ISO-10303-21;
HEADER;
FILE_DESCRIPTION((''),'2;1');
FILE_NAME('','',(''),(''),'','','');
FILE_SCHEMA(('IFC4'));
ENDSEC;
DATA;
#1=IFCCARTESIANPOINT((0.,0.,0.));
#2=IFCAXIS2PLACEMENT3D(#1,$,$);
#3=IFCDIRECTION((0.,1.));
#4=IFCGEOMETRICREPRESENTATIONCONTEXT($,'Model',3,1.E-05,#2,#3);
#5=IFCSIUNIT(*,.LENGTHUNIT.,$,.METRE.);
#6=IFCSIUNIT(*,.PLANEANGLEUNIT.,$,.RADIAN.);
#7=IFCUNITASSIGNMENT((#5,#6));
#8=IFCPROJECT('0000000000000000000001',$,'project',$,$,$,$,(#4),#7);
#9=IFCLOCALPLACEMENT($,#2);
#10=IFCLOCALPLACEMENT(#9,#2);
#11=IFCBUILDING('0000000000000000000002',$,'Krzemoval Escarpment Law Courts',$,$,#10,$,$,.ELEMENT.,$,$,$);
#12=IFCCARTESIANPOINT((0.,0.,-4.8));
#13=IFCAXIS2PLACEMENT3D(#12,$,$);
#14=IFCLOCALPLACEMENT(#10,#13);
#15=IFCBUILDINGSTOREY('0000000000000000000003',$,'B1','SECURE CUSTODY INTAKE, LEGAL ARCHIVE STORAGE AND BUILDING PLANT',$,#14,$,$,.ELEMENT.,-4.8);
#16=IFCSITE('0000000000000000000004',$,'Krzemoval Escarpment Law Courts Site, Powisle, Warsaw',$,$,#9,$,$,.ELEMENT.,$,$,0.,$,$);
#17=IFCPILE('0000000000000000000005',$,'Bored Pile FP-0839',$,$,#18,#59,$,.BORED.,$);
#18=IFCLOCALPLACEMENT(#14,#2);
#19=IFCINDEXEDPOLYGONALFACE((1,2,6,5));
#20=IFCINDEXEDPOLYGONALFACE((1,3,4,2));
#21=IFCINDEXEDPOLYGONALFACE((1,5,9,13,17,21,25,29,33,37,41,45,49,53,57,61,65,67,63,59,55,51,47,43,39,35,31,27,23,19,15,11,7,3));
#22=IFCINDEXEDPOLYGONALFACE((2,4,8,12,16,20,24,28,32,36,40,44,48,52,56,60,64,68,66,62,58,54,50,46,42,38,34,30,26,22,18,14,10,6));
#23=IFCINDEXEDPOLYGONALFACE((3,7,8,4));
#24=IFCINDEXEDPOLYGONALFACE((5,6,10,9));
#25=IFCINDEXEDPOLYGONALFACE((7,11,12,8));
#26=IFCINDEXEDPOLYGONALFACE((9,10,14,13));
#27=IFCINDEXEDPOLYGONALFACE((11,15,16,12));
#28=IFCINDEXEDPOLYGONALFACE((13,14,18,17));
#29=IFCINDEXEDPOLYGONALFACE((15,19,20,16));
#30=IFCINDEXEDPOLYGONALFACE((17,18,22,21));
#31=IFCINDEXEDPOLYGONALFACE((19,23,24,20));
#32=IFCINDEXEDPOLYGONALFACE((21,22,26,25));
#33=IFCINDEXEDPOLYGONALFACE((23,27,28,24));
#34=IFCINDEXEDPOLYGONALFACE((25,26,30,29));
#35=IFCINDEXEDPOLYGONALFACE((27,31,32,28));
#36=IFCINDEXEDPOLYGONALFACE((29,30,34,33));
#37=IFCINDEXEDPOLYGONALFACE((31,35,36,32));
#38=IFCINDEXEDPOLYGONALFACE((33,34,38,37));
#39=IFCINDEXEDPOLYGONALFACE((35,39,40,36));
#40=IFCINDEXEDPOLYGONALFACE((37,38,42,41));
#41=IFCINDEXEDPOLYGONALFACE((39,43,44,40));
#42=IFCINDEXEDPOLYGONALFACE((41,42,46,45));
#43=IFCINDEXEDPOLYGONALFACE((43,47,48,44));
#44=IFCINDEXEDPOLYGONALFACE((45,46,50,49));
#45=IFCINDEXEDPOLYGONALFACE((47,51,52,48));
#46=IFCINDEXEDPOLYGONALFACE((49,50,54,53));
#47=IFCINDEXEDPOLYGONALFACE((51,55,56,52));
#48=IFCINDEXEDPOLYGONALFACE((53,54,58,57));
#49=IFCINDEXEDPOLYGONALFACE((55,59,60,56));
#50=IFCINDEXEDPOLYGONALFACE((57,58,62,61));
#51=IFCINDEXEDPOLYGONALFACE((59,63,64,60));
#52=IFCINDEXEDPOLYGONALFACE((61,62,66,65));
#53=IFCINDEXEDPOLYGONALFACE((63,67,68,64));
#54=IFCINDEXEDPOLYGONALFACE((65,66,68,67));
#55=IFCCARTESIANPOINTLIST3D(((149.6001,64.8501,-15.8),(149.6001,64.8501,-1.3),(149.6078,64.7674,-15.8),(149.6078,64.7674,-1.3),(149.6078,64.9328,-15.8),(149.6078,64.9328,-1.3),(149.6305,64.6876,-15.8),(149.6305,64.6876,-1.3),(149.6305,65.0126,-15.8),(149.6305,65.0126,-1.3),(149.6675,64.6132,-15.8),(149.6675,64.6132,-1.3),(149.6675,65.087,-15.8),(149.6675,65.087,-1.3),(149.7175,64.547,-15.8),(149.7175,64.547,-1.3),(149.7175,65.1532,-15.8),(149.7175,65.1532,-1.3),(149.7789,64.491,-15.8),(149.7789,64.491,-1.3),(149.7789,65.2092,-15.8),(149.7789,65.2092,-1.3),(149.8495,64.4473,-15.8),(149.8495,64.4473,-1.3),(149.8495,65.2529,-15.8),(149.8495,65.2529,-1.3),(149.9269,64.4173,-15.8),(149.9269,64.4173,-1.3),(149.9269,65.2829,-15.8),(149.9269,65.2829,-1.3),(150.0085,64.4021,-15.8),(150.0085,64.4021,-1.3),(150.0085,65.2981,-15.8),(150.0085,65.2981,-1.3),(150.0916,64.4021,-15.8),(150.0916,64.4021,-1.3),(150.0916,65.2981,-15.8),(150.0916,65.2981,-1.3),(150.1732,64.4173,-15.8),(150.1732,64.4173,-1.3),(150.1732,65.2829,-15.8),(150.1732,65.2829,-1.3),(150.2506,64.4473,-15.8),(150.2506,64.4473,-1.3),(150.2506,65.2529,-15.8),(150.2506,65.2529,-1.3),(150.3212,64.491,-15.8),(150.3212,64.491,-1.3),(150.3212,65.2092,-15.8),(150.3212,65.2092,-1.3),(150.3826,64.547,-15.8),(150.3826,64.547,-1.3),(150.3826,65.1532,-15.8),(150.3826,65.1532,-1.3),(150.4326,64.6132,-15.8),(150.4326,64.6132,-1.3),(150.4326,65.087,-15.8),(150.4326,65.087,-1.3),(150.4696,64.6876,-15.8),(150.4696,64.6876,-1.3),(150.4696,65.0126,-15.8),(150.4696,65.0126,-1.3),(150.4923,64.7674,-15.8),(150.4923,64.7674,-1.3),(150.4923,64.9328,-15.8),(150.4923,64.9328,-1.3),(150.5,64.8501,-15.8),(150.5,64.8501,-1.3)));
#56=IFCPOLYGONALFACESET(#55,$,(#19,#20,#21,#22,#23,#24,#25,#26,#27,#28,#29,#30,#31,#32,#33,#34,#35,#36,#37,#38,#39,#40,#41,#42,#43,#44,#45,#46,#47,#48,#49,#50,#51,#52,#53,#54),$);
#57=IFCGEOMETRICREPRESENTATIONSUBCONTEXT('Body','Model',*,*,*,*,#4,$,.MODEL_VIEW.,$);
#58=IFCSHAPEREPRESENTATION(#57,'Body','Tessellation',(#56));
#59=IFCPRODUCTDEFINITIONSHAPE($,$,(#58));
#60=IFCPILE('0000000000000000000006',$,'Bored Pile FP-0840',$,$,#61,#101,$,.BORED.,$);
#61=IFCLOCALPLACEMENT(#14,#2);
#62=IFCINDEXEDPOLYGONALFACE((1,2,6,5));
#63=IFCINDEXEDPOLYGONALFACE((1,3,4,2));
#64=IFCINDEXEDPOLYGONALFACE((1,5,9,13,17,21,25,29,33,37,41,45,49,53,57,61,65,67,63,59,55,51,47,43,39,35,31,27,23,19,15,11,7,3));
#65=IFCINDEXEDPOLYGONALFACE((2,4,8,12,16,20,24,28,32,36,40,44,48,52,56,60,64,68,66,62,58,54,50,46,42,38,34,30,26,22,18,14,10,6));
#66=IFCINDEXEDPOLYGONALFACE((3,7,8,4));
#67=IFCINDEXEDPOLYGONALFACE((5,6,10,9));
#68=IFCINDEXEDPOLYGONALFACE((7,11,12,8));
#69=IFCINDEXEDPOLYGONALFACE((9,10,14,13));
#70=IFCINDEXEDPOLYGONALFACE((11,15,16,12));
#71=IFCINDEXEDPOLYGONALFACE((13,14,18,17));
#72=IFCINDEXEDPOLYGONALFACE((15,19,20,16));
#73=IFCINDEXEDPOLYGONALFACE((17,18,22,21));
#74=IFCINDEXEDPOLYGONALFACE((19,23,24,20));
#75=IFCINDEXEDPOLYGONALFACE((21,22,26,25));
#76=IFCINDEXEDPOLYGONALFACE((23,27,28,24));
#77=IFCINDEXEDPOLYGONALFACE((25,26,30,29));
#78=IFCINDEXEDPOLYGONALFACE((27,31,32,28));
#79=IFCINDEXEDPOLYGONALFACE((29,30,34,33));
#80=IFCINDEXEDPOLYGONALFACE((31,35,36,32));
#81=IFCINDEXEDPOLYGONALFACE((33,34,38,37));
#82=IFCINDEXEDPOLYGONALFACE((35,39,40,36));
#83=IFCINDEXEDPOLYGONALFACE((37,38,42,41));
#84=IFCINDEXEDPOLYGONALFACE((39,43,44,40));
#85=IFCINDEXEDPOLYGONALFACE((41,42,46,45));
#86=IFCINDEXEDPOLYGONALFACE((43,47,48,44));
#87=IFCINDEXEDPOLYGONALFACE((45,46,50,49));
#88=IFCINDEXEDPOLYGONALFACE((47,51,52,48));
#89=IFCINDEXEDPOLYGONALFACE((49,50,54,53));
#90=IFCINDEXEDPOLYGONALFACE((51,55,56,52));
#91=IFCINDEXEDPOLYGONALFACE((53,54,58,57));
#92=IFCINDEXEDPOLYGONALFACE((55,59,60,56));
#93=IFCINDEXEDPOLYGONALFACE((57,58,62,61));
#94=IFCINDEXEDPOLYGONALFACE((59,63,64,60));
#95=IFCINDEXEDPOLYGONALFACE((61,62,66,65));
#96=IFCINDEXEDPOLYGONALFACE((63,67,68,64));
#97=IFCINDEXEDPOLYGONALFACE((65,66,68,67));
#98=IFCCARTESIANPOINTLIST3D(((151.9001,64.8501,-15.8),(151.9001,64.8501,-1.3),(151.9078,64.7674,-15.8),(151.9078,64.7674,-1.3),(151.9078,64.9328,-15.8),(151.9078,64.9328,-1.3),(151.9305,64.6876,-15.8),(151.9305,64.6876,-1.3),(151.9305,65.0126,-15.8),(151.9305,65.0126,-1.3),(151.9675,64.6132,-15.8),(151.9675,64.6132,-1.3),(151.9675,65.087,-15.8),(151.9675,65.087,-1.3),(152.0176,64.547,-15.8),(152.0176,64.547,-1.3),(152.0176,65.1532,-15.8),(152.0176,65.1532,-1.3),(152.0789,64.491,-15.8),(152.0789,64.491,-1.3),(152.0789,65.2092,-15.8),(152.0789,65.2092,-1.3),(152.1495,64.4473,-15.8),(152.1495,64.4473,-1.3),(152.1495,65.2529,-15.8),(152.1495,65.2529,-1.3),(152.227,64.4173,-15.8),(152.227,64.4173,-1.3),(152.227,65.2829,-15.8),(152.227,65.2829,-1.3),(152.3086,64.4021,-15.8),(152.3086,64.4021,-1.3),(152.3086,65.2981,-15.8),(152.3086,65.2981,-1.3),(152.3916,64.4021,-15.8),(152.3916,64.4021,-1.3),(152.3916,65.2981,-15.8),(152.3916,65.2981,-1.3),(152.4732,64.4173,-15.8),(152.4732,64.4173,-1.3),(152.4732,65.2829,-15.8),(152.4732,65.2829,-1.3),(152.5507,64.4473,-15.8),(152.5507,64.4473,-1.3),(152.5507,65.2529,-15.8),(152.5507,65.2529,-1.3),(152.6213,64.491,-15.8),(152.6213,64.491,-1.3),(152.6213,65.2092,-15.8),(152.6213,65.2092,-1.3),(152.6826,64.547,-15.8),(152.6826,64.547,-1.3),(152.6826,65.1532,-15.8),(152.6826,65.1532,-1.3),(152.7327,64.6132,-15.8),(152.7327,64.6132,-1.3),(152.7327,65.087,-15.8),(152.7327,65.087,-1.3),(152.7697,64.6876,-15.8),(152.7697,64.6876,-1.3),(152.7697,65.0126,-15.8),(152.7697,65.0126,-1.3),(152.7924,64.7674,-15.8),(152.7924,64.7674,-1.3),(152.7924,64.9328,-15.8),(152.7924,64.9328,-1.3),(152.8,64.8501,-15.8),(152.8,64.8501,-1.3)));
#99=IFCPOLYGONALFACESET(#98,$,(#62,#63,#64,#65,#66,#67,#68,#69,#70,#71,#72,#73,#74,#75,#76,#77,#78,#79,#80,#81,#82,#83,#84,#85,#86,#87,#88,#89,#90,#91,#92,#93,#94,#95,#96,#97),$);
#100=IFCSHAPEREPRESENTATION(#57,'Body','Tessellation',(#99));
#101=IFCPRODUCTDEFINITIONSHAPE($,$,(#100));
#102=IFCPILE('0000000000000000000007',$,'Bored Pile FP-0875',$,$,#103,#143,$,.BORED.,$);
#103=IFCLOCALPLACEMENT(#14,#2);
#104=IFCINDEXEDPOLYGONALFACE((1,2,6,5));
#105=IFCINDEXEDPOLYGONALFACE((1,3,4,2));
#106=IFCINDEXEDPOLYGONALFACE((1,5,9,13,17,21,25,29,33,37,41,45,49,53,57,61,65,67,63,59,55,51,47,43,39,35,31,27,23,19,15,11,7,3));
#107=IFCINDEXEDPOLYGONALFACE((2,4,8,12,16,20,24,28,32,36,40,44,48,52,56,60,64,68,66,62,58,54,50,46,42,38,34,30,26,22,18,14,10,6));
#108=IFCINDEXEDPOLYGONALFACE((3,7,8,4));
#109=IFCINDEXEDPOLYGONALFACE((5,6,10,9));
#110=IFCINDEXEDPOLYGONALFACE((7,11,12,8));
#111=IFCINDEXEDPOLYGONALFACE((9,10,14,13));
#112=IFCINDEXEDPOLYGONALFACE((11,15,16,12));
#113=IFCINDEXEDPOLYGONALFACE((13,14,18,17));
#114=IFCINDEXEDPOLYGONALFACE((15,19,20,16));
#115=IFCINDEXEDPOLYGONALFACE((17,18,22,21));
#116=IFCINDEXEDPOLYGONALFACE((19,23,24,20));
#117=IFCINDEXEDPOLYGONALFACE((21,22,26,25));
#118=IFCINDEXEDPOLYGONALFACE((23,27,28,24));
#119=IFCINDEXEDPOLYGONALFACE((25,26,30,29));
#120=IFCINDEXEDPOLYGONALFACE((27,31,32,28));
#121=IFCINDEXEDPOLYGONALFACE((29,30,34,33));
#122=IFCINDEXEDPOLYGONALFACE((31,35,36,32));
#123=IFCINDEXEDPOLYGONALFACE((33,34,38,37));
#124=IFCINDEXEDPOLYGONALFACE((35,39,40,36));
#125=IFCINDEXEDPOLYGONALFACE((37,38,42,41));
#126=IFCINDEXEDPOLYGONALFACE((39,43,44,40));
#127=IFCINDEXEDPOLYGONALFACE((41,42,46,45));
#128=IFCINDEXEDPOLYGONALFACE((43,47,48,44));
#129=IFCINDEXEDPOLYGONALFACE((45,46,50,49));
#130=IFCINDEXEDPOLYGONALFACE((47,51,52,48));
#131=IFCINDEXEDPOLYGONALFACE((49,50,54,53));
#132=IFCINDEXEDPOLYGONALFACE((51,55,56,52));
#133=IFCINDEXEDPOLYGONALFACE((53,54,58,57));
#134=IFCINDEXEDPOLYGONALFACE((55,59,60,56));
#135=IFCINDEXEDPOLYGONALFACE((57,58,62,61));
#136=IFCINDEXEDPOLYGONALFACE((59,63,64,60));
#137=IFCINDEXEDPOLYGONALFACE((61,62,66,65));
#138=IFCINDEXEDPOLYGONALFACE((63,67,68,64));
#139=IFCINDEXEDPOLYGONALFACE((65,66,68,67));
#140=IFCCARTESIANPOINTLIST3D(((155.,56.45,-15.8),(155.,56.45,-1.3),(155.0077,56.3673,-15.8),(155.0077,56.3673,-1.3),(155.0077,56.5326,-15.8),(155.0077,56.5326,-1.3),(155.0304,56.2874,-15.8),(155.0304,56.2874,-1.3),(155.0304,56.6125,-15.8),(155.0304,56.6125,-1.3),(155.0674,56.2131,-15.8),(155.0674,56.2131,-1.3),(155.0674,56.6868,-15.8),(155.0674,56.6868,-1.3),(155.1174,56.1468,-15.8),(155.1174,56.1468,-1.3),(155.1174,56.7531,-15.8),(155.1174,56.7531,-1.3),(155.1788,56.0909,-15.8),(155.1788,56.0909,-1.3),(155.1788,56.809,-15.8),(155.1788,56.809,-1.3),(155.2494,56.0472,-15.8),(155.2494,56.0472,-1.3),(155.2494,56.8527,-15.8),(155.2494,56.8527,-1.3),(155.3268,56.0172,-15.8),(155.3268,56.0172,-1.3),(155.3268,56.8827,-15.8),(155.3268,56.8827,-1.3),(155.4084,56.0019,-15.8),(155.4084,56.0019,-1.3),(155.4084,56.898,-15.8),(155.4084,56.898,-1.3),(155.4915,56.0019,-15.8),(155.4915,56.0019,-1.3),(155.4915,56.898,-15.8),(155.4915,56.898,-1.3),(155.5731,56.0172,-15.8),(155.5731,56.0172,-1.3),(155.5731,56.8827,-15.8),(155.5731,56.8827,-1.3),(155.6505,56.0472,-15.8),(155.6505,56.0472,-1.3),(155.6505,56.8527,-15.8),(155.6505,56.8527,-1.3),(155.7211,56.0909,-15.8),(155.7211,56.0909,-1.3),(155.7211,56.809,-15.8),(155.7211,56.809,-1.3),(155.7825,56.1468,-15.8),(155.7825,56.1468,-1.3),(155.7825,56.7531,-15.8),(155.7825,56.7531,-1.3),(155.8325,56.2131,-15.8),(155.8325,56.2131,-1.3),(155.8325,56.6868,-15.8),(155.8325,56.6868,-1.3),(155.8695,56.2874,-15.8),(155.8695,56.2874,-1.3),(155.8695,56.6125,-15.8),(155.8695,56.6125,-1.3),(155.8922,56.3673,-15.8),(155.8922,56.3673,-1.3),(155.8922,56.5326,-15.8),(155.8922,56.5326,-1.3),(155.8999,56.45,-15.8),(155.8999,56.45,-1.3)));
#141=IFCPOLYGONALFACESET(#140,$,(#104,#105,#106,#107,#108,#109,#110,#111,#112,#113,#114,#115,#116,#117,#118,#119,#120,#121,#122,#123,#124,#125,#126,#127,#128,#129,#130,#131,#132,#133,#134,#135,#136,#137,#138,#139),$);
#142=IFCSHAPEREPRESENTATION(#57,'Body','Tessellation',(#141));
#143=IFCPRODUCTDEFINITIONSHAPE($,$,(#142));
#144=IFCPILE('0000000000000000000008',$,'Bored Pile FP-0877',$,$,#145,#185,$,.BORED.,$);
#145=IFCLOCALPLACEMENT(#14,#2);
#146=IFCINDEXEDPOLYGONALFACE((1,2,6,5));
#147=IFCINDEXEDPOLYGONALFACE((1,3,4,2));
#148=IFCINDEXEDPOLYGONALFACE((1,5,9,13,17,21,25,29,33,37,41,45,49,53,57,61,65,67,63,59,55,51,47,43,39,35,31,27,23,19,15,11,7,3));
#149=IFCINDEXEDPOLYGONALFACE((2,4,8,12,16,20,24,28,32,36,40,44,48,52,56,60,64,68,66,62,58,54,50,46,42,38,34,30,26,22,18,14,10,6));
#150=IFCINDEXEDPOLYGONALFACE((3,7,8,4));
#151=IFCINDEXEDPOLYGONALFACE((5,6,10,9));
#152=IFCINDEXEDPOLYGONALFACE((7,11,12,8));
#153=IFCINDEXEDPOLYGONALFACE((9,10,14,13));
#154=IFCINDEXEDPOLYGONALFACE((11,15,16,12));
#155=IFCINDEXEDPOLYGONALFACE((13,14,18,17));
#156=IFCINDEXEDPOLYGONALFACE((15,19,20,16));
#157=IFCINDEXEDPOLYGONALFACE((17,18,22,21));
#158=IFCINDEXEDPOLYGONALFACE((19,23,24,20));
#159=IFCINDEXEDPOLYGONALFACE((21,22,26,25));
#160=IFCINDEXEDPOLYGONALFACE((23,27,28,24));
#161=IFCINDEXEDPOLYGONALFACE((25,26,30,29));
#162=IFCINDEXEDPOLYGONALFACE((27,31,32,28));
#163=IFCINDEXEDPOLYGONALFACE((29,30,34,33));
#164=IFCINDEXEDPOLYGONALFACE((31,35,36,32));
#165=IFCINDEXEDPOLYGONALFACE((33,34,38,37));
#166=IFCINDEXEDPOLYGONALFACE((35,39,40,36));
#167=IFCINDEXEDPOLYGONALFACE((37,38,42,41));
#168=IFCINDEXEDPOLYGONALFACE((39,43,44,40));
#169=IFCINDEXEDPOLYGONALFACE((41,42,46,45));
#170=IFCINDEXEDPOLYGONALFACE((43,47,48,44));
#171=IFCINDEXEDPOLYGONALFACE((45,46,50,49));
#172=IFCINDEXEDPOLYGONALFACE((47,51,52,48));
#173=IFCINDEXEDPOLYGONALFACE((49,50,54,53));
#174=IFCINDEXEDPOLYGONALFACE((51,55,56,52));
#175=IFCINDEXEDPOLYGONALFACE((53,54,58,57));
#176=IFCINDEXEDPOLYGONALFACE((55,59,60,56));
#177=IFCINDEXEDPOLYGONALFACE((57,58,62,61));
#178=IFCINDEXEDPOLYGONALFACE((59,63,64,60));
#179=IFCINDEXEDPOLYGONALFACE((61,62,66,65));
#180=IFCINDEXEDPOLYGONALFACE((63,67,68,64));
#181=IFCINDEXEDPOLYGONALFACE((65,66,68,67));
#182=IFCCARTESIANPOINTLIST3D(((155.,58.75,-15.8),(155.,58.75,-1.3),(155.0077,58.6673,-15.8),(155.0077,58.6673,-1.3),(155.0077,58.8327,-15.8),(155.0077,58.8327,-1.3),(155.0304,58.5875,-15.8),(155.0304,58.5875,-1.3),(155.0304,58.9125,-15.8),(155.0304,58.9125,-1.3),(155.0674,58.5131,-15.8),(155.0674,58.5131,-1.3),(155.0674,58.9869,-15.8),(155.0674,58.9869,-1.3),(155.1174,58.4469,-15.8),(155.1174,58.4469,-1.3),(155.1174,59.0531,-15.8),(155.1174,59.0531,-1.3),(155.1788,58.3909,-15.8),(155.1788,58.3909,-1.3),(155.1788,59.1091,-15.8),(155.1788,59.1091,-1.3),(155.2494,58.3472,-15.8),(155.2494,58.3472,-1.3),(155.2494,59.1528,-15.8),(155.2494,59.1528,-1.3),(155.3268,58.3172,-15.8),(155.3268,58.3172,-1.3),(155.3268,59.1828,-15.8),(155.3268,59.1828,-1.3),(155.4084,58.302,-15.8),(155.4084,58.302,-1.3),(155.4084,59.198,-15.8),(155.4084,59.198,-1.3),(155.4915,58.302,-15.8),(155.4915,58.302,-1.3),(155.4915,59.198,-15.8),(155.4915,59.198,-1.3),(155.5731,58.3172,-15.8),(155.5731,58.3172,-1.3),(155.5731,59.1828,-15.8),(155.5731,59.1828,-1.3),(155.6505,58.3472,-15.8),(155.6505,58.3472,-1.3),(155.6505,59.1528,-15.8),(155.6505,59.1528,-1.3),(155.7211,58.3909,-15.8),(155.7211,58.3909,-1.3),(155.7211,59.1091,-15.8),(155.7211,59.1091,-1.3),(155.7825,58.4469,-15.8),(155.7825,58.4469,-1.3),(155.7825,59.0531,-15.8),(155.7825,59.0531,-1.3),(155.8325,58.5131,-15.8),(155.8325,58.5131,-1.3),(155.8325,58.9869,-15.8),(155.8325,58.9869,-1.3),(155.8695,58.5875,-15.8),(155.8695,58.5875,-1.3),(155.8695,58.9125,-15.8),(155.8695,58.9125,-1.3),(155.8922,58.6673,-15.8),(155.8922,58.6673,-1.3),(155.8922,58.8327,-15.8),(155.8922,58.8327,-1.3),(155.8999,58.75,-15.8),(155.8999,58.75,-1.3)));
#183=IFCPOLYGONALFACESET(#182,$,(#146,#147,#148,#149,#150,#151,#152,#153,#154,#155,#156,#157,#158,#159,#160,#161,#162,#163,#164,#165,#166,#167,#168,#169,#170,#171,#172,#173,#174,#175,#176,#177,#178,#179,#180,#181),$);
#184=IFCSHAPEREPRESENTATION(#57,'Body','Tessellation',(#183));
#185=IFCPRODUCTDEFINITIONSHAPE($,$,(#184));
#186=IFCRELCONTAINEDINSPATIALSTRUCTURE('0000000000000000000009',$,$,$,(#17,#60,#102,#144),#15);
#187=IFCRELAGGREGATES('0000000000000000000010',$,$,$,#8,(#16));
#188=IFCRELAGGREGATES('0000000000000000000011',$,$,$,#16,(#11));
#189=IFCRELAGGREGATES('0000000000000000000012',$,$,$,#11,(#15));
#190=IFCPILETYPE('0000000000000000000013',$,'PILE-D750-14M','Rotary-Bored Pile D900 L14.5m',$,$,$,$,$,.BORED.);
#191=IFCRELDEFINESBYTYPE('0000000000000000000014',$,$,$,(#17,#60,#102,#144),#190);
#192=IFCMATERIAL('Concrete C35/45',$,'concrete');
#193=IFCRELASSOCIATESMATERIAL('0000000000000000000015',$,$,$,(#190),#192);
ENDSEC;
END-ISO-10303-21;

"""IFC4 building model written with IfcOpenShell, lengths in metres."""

from ifc_helpers import new_model, si_unit, direction, frame, origin, origin_2d, place, context, subcontext, project, spatial, circle, extrude, material, material_profile, profile_set, type_object, element, save


model = new_model("IFC4")

# Units and contexts
model_context = context("Model", 3, precision=1e-05, world=origin(), true_north=direction((0.0, 1.0)))
body_context = subcontext(model_context, "Body", "Model", "MODEL_VIEW")
ifc_project = project(units=[si_unit("LENGTHUNIT", "METRE"), si_unit("PLANEANGLEUNIT", "RADIAN")], contexts=[model_context])

# Site, building, storey
site_placement = place(None, origin())
site = spatial("IfcSite", under=ifc_project, at=site_placement, Name="Krzemoval Escarpment Law Courts Site, Powisle, Warsaw", CompositionType="ELEMENT", RefElevation=0.0)
building_placement = place(site_placement, origin())
building = spatial("IfcBuilding", under=site, at=building_placement, Name="Krzemoval Escarpment Law Courts", CompositionType="ELEMENT")
storey_placement = place(building_placement, frame((0.0, 0.0, -4.8)))
storey = spatial("IfcBuildingStorey", under=building, at=storey_placement, Name="B1", Description="SECURE CUSTODY INTAKE, LEGAL ARCHIVE STORAGE AND BUILDING PLANT", CompositionType="ELEMENT", Elevation=-4.8)

# Piles
ifc_material_1 = material(Name="Concrete C35/45", Category="concrete")
ifc_material_profile_1 = material_profile(ifc_material_1, circle(Radius=0.45, at=origin_2d()), Name="PILE D900")
ifc_profile_set_1 = profile_set([ifc_material_profile_1], Name="Concrete C35/45")
pile_type = type_object("IfcPileType", Name="PILE-D750-14M", Description="Rotary-Bored Pile D900 L14.5m", PredefinedType="BORED", material=ifc_profile_set_1)
for number, where, z_axis, x_axis, name in (
    (1, (150.05, 64.8501, -1.3), (0.0, 0.0, -1.0), (1.0, 0.0, 0.0), "Bored Pile FP-0839"),
    (2, (152.3501, 64.8501, -1.3), (0.0, 0.0, -1.0), (1.0, 0.0, 0.0), "Bored Pile FP-0840"),
    (3, (155.45, 56.45, -1.3), (0.0, 0.0, -1.0), (1.0, 0.0, 0.0), "Bored Pile FP-0875"),
    (4, (155.45, 58.75, -1.3), (0.0, 0.0, -1.0), (1.0, 0.0, 0.0), "Bored Pile FP-0877"),
):
    element("IfcPile", number, at=place(storey_placement, frame(where, z_axis=z_axis, x_axis=x_axis)), inside=storey, type_object=pile_type, Name=name, PredefinedType="BORED", context=body_context, shape_type="SweptSolid", body=[
        extrude(circle(Radius=0.45, at=origin_2d()), origin(), (0.0, 0.0, 1.0), 14.5),
    ])

save(model, "model.ifc")
